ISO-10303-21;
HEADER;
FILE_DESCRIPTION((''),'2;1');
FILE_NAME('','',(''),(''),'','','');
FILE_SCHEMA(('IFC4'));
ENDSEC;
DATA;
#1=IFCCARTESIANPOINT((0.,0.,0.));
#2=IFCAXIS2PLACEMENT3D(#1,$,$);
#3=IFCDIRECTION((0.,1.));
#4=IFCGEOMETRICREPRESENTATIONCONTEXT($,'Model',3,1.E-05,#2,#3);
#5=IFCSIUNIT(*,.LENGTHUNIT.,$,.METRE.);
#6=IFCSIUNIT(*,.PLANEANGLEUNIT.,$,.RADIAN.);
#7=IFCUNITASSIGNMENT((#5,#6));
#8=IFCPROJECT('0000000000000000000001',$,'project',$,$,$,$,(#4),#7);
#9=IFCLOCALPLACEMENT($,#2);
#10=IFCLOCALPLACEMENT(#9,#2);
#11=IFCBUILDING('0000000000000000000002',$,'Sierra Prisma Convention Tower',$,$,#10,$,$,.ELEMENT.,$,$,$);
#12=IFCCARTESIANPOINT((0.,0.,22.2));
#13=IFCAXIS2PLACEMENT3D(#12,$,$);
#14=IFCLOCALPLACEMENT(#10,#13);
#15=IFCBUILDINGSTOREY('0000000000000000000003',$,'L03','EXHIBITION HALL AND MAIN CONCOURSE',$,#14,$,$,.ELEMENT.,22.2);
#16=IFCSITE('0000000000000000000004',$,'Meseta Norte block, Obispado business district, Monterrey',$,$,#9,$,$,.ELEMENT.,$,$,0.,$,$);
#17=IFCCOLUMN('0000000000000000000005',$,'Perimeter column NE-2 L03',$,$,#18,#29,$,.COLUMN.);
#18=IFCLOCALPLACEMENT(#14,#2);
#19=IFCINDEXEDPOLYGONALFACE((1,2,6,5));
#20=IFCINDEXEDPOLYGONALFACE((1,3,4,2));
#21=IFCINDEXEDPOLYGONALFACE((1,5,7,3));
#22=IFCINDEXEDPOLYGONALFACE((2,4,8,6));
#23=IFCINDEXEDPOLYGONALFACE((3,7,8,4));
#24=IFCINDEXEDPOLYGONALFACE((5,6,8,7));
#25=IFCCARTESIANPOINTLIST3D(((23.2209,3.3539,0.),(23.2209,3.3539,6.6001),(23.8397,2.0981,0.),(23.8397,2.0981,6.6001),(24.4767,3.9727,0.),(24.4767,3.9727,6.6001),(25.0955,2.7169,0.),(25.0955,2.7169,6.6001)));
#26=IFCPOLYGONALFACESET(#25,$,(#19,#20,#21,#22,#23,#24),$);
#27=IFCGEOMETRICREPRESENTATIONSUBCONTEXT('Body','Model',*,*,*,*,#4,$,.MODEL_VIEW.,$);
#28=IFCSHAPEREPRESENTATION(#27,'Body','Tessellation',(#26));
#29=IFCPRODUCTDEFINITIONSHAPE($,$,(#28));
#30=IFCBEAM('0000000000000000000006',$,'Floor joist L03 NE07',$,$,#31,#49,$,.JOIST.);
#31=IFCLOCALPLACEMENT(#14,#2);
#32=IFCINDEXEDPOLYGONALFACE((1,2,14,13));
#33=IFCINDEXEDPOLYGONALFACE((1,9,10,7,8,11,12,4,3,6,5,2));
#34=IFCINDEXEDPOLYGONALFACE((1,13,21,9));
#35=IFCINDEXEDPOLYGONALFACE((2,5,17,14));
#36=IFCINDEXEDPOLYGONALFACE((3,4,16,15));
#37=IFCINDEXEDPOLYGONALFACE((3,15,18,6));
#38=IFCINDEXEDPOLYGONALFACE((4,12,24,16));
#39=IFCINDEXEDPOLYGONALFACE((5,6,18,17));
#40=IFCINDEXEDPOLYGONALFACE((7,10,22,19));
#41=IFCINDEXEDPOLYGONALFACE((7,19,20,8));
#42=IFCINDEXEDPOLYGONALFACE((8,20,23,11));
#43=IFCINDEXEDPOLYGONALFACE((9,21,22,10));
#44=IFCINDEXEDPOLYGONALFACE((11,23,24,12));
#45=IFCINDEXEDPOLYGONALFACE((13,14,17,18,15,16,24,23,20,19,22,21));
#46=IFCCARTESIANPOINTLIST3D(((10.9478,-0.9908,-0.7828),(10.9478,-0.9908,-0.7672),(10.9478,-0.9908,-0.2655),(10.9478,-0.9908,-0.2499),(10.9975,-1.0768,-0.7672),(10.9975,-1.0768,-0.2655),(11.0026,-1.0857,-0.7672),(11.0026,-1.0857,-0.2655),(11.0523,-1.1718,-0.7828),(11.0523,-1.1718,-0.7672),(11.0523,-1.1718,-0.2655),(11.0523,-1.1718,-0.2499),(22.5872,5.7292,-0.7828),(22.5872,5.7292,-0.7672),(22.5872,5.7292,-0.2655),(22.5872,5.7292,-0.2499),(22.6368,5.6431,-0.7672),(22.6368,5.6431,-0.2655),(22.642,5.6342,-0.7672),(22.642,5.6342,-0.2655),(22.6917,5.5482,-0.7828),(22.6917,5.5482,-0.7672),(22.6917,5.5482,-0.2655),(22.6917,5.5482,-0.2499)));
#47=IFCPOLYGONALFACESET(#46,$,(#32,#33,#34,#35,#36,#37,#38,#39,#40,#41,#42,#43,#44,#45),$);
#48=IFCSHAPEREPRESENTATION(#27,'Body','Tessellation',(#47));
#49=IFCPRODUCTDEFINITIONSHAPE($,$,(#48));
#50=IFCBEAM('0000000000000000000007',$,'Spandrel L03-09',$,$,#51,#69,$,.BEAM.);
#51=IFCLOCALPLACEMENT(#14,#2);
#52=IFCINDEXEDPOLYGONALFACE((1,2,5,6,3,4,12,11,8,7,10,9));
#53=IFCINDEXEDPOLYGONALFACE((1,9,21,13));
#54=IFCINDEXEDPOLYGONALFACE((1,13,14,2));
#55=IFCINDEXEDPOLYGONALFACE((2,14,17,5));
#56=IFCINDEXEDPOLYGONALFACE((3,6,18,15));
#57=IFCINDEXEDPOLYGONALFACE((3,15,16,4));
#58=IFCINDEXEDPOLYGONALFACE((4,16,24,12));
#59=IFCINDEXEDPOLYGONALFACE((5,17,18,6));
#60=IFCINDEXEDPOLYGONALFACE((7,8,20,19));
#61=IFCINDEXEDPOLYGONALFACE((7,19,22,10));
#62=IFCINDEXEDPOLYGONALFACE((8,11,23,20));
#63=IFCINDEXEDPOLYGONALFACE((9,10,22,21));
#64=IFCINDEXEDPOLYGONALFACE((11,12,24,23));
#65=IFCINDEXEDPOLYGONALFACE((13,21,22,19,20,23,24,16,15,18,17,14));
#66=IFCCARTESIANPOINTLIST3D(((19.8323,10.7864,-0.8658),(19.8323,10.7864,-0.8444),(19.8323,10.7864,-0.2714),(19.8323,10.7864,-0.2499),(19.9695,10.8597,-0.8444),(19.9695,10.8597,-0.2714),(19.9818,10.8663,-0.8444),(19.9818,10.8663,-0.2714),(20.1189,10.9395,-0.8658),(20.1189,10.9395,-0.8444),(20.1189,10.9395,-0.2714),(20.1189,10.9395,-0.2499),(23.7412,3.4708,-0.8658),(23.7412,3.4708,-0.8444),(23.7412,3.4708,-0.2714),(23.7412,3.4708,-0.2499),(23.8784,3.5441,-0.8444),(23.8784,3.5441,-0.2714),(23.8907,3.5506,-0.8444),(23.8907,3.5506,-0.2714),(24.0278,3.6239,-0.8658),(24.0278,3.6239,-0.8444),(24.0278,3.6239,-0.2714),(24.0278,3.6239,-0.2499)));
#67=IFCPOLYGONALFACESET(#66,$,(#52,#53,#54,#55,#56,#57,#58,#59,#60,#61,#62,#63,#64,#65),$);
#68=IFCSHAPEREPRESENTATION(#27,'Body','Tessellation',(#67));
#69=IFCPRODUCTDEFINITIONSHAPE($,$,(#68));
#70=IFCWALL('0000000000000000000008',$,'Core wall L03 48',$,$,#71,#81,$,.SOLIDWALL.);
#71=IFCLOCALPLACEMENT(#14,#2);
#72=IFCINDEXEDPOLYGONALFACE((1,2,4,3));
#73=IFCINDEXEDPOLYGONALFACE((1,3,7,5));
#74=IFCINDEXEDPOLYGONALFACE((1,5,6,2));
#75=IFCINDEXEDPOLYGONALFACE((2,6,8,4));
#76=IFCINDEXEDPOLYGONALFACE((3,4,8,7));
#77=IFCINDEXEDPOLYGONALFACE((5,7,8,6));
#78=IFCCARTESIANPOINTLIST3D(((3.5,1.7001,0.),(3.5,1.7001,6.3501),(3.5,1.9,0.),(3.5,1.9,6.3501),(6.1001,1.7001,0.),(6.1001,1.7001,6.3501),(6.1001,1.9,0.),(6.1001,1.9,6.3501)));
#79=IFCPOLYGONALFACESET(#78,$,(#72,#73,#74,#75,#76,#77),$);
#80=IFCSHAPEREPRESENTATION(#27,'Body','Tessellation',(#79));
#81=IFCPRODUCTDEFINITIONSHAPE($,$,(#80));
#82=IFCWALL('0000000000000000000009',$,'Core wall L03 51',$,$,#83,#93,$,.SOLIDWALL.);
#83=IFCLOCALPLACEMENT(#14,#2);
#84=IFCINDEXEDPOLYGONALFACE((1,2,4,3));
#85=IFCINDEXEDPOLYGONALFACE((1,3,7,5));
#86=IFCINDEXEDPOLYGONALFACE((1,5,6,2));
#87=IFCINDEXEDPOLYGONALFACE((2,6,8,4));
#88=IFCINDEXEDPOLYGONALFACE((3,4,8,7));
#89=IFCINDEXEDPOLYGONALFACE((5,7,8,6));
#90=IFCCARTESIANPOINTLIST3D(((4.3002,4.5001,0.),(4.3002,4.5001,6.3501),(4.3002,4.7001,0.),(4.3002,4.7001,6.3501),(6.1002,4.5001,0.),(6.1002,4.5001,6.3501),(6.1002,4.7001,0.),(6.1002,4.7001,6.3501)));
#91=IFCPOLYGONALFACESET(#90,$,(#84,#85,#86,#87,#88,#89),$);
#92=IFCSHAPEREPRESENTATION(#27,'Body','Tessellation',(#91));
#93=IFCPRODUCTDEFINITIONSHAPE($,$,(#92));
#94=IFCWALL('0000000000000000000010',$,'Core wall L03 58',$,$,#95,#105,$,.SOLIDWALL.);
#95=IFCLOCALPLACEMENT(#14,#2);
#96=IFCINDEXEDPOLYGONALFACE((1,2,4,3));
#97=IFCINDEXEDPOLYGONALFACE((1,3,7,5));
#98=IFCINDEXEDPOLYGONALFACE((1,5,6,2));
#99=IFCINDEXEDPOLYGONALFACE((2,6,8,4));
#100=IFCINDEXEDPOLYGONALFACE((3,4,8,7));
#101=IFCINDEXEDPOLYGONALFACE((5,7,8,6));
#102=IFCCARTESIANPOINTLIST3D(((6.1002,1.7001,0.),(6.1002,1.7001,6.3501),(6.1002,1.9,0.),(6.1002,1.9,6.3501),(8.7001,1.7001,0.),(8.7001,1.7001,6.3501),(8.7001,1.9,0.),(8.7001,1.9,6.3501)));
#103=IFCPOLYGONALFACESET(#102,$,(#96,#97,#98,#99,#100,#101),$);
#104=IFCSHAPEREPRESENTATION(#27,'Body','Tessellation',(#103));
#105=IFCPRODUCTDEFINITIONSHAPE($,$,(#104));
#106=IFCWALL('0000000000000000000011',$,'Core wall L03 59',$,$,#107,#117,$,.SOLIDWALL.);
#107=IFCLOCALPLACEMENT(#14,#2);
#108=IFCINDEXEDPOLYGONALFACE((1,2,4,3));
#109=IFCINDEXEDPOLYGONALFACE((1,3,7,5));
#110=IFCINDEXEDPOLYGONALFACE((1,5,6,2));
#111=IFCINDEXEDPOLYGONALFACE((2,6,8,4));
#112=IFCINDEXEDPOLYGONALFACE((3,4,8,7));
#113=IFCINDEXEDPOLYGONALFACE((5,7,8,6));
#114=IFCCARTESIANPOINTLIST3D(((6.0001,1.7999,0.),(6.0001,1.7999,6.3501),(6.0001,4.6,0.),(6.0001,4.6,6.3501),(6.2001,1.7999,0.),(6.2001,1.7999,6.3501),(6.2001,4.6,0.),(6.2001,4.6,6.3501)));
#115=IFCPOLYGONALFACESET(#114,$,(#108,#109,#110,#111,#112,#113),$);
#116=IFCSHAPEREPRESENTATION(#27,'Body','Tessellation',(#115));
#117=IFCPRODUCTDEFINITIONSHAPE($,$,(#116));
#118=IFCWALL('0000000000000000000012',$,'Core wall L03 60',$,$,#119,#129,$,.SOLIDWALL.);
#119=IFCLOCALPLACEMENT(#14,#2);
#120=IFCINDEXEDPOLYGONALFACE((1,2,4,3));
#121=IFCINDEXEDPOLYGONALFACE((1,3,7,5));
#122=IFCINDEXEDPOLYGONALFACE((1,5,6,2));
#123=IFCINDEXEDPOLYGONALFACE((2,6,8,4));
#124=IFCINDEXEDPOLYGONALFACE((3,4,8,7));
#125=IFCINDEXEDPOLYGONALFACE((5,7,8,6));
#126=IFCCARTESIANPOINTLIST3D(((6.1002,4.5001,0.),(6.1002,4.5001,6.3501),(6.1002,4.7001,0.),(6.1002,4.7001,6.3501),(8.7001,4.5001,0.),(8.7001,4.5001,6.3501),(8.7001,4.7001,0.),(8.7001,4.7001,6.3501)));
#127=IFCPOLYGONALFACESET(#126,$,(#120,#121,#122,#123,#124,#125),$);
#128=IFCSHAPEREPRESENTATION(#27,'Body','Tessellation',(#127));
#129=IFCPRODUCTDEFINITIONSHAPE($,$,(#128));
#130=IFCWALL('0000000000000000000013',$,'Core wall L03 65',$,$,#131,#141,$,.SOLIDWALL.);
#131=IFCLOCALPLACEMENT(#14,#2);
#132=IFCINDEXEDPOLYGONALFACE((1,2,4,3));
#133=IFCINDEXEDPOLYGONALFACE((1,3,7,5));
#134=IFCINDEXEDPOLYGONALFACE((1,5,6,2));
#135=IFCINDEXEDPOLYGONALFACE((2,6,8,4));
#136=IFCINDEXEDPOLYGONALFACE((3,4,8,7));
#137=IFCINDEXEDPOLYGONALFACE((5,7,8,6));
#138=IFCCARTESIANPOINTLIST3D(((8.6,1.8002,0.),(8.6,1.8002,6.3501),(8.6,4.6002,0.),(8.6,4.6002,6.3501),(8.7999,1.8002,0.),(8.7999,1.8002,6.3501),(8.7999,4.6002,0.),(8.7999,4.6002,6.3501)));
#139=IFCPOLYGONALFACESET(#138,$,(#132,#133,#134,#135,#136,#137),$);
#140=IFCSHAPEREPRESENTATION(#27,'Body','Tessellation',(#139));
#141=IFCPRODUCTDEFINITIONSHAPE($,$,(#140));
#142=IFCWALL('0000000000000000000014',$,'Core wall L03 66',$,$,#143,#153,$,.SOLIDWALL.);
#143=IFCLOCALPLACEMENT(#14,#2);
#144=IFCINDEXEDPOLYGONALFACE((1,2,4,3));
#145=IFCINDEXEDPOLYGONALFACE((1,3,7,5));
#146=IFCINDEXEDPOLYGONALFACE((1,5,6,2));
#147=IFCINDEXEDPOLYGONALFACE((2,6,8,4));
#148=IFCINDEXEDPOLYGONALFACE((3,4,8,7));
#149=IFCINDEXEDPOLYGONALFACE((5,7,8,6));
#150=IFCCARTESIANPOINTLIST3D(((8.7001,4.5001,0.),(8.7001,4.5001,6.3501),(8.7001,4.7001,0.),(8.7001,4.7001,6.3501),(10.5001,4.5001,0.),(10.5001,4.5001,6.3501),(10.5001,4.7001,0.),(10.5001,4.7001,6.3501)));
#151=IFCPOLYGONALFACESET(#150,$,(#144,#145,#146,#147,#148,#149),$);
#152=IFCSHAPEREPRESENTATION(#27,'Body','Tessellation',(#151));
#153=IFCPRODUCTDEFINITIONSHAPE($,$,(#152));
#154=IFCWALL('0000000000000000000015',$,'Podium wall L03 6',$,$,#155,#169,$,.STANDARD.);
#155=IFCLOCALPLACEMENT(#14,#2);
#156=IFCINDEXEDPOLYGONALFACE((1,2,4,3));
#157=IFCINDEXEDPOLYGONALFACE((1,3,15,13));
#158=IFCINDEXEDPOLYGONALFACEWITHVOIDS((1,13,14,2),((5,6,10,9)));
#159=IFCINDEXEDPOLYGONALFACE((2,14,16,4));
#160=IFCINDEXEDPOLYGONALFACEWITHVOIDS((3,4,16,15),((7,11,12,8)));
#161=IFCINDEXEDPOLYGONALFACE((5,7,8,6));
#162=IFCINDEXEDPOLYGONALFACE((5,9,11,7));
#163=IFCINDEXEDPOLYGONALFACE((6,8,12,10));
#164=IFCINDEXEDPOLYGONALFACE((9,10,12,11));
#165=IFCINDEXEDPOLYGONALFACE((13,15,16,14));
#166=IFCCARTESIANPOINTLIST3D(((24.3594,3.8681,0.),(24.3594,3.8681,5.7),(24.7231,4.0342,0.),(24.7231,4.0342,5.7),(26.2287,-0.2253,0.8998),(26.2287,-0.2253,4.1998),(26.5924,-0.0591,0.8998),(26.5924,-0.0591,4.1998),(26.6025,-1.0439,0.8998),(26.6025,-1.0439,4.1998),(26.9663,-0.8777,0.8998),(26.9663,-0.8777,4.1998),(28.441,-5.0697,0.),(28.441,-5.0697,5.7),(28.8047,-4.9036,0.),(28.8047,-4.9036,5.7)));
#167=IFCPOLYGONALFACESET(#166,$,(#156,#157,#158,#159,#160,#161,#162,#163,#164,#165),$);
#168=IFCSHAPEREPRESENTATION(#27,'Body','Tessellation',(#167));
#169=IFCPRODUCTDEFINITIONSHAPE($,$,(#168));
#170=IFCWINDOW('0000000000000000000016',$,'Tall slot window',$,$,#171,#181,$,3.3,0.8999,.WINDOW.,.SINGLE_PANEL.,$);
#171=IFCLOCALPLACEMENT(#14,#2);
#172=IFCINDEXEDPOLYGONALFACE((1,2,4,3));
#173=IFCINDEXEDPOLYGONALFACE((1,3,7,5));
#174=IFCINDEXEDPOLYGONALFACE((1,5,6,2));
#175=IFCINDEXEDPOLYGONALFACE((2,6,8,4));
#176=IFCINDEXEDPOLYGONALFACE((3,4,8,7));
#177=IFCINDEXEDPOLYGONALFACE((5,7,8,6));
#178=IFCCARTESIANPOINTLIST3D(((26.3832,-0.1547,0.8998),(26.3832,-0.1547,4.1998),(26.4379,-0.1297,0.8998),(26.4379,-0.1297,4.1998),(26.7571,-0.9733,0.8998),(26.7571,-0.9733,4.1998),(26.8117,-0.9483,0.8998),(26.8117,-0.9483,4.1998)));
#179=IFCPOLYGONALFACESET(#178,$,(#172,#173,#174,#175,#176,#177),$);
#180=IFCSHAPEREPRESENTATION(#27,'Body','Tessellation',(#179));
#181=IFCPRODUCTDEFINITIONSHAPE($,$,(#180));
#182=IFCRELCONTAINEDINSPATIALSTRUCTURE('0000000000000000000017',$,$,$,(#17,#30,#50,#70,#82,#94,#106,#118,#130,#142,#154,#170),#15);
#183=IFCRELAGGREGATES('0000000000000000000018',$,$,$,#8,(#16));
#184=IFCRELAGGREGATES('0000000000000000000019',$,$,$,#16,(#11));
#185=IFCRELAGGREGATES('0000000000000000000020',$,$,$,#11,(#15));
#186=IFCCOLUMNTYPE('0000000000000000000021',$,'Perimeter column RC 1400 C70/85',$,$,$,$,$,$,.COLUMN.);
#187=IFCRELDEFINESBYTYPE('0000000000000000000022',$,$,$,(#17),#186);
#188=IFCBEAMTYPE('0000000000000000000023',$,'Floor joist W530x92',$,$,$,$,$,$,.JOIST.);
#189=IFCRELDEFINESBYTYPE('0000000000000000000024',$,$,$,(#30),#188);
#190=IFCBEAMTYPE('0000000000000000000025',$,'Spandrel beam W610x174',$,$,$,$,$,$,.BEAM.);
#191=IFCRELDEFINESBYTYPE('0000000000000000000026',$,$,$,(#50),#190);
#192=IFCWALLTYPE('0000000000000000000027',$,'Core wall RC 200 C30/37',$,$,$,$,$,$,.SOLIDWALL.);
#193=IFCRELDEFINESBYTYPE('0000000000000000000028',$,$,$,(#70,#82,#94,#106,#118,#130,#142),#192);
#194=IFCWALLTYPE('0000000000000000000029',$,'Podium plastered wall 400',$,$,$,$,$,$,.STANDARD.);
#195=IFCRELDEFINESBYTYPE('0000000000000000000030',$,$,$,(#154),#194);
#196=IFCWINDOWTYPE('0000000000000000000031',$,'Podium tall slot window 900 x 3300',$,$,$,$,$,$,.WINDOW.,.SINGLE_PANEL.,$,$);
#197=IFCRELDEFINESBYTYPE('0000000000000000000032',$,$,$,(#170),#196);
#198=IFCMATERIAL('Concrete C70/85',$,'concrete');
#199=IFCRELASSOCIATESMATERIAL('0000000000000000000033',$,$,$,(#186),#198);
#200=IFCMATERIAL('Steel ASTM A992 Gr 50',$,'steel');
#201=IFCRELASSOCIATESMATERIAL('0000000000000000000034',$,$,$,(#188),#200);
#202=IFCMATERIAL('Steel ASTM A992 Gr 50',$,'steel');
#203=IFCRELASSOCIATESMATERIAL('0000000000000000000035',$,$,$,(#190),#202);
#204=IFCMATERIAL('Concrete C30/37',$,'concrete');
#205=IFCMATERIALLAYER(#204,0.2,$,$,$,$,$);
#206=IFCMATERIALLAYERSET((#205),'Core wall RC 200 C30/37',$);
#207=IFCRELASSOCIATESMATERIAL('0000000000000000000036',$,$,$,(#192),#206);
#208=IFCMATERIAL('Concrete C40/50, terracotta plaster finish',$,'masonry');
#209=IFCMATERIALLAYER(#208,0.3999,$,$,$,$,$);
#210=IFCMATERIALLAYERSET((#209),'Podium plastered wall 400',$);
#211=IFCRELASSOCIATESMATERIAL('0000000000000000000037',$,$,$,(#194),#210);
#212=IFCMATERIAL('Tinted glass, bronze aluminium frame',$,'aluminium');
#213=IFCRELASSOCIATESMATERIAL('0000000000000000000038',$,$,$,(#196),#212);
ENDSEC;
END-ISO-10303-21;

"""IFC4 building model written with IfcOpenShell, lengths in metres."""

from ifc_helpers import new_model, si_unit, direction, frame, frame_2d, origin, origin_2d, place, context, subcontext, project, spatial, rectangle, i_section, extrude, material, layer, layer_set, material_profile, profile_set, type_object, element, fill, save


model = new_model("IFC4")

# Units and contexts
model_context = context("Model", 3, precision=1e-05, world=origin(), true_north=direction((0.0, 1.0)))
body_context = subcontext(model_context, "Body", "Model", "MODEL_VIEW")
ifc_project = project(units=[si_unit("LENGTHUNIT", "METRE"), si_unit("PLANEANGLEUNIT", "RADIAN")], contexts=[model_context])

# Site, building, storey
site_placement = place(None, origin())
site = spatial("IfcSite", under=ifc_project, at=site_placement, Name="Meseta Norte block, Obispado business district, Monterrey", CompositionType="ELEMENT", RefElevation=0.0)
building_placement = place(site_placement, origin())
building = spatial("IfcBuilding", under=site, at=building_placement, Name="Sierra Prisma Convention Tower", CompositionType="ELEMENT")
storey_placement = place(building_placement, frame((0.0, 0.0, 22.2)))
storey = spatial("IfcBuildingStorey", under=building, at=storey_placement, Name="L03", Description="EXHIBITION HALL AND MAIN CONCOURSE", CompositionType="ELEMENT", Elevation=22.2)

# Column
ifc_material_1 = material(Name="Concrete C70/85", Category="concrete")
ifc_material_profile_1 = material_profile(ifc_material_1, rectangle(XDim=1.3999, YDim=1.3999, at=origin_2d()), Name="Perimeter column RC 1400 C70/85")
ifc_profile_set_1 = profile_set([ifc_material_profile_1], Name="Concrete C70/85")
column_type = type_object("IfcColumnType", Name="Perimeter column RC 1400 C70/85", PredefinedType="COLUMN", material=ifc_profile_set_1)
column_placement = place(storey_placement, frame((24.1582, 3.0354, 0.0), z_axis=(0.0, 0.0, 1.0), x_axis=(-0.442023, 0.897004, 0.0)))
element("IfcColumn", 1, at=column_placement, inside=storey, type_object=column_type, Name="Perimeter column NE-2 L03", PredefinedType="COLUMN", context=body_context, shape_type="SweptSolid", body=[
    extrude(rectangle(XDim=1.3999, YDim=1.3999, at=origin_2d()), origin(), (0.0, 0.0, 1.0), 6.6001),
])

# Beams
ifc_material_2 = material(Name="Steel ASTM A992 Gr 50", Category="steel")
ifc_material_profile_2 = material_profile(ifc_material_2, i_section(OverallWidth=0.209, OverallDepth=0.533, WebThickness=0.0103, FlangeThickness=0.0156, at=origin_2d()), Name="W530x92")
ifc_profile_set_2 = profile_set([ifc_material_profile_2], Name="Steel ASTM A992 Gr 50")
beam_type_1 = type_object("IfcBeamType", Name="Floor joist W530x92", PredefinedType="JOIST", material=ifc_profile_set_2)
beam_1_placement = place(storey_placement, frame((22.6394, 5.6387, -0.5164), z_axis=(-0.866027, -0.499998, 0.0), x_axis=(0.499998, -0.866027, 0.0)))
element("IfcBeam", 2, at=beam_1_placement, inside=storey, type_object=beam_type_1, Name="Floor joist L03 NE07", PredefinedType="JOIST", context=body_context, shape_type="SweptSolid", body=[
    extrude(i_section(OverallWidth=0.209, OverallDepth=0.533, WebThickness=0.0103, FlangeThickness=0.0156, at=origin_2d()), origin(), (0.0, 0.0, 1.0), 13.4399),
])
ifc_material_3 = material(Name="Steel ASTM A992 Gr 50", Category="steel")
ifc_material_profile_3 = material_profile(ifc_material_3, i_section(OverallWidth=0.325, OverallDepth=0.616, WebThickness=0.0139, FlangeThickness=0.0215, at=origin_2d()), Name="W610x174")
ifc_profile_set_3 = profile_set([ifc_material_profile_3], Name="Steel ASTM A992 Gr 50")
beam_type_2 = type_object("IfcBeamType", Name="Spandrel beam W610x174", PredefinedType="BEAM", material=ifc_profile_set_3)
beam_2_placement = place(storey_placement, frame((23.8845, 3.5474, -0.5579), z_axis=(-0.471268, 0.88199, 0.0), x_axis=(-0.88199, -0.471268, 0.0)))
element("IfcBeam", 3, at=beam_2_placement, inside=storey, type_object=beam_type_2, Name="Spandrel L03-09", PredefinedType="BEAM", context=body_context, shape_type="SweptSolid", body=[
    extrude(i_section(OverallWidth=0.325, OverallDepth=0.616, WebThickness=0.0139, FlangeThickness=0.0215, at=origin_2d()), origin(), (0.0, 0.0, 1.0), 8.2944),
])

# Walls
ifc_material_4 = material(Name="Concrete C30/37", Category="concrete")
ifc_layer_1 = layer(ifc_material_4, 0.2)
ifc_layer_set_1 = layer_set([ifc_layer_1], Name="Core wall RC 200 C30/37")
wall_type_1 = type_object("IfcWallType", Name="Core wall RC 200 C30/37", PredefinedType="SOLIDWALL", material=ifc_layer_set_1)
wall_1_placement = place(storey_placement, frame((6.1001, 1.8, 0.0), z_axis=(0.0, 0.0, 1.0), x_axis=(-1.0, 0.0, 0.0)))
element("IfcWall", 4, at=wall_1_placement, inside=storey, type_object=wall_type_1, Name="Core wall L03 48", PredefinedType="SOLIDWALL", context=body_context, shape_type="SweptSolid", body=[
    extrude(rectangle(XDim=2.6001, YDim=0.2, at=frame_2d((1.3, 0.0))), origin(), (0.0, 0.0, 1.0), 6.3501),
])
wall_2_placement = place(storey_placement, frame((6.1001, 4.6001, 0.0), z_axis=(0.0, 0.0, 1.0), x_axis=(-1.0, 0.0, 0.0)))
element("IfcWall", 5, at=wall_2_placement, inside=storey, type_object=wall_type_1, Name="Core wall L03 51", PredefinedType="SOLIDWALL", context=body_context, shape_type="SweptSolid", body=[
    extrude(rectangle(XDim=1.8, YDim=0.2, at=frame_2d((0.8999, 0.0))), origin(), (0.0, 0.0, 1.0), 6.3501),
])
wall_3_placement = place(storey_placement, frame((8.7, 1.8, 0.0), z_axis=(0.0, 0.0, 1.0), x_axis=(-1.0, 0.0, 0.0)))
element("IfcWall", 6, at=wall_3_placement, inside=storey, type_object=wall_type_1, Name="Core wall L03 58", PredefinedType="SOLIDWALL", context=body_context, shape_type="SweptSolid", body=[
    extrude(rectangle(XDim=2.5999, YDim=0.2, at=frame_2d((1.2998, 0.0))), origin(), (0.0, 0.0, 1.0), 6.3501),
])
wall_4_placement = place(storey_placement, frame((6.1001, 1.8, 0.0), z_axis=(0.0, 0.0, 1.0), x_axis=(0.0, 1.0, 0.0)))
element("IfcWall", 7, at=wall_4_placement, inside=storey, type_object=wall_type_1, Name="Core wall L03 59", PredefinedType="SOLIDWALL", context=body_context, shape_type="SweptSolid", body=[
    extrude(rectangle(XDim=2.8, YDim=0.2, at=frame_2d((1.3999, 0.0))), origin(), (0.0, 0.0, 1.0), 6.3501),
])
wall_5_placement = place(storey_placement, frame((8.7, 4.6001, 0.0), z_axis=(0.0, 0.0, 1.0), x_axis=(-1.0, 0.0, 0.0)))
element("IfcWall", 8, at=wall_5_placement, inside=storey, type_object=wall_type_1, Name="Core wall L03 60", PredefinedType="SOLIDWALL", context=body_context, shape_type="SweptSolid", body=[
    extrude(rectangle(XDim=2.5999, YDim=0.2, at=frame_2d((1.2998, 0.0))), origin(), (0.0, 0.0, 1.0), 6.3501),
])

# Walls
wall_6_placement = place(storey_placement, frame((8.7, 4.6001, 0.0), z_axis=(0.0, 0.0, 1.0), x_axis=(0.0, -1.0, 0.0)))
element("IfcWall", 9, at=wall_6_placement, inside=storey, type_object=wall_type_1, Name="Core wall L03 65", PredefinedType="SOLIDWALL", context=body_context, shape_type="SweptSolid", body=[
    extrude(rectangle(XDim=2.8, YDim=0.2, at=frame_2d((1.3999, 0.0))), origin(), (0.0, 0.0, 1.0), 6.3501),
])
wall_7_placement = place(storey_placement, frame((10.5, 4.6001, 0.0), z_axis=(0.0, 0.0, 1.0), x_axis=(-1.0, 0.0, 0.0)))
element("IfcWall", 10, at=wall_7_placement, inside=storey, type_object=wall_type_1, Name="Core wall L03 66", PredefinedType="SOLIDWALL", context=body_context, shape_type="SweptSolid", body=[
    extrude(rectangle(XDim=1.8, YDim=0.2, at=frame_2d((0.8999, 0.0))), origin(), (0.0, 0.0, 1.0), 6.3501),
])

# Wall, opening, window
ifc_material_5 = material(Name="Concrete C40/50, terracotta plaster finish", Category="masonry")
ifc_layer_2 = layer(ifc_material_5, 0.3999)
ifc_layer_set_2 = layer_set([ifc_layer_2], Name="Podium plastered wall 400")
wall_type_2 = type_object("IfcWallType", Name="Podium plastered wall 400", PredefinedType="STANDARD", material=ifc_layer_set_2)
wall_8_placement = place(storey_placement, frame((24.5413, 3.9512, 0.0), z_axis=(0.0, 0.0, 1.0), x_axis=(0.415399, -0.909639, 0.0)))
wall_8 = element("IfcWall", 11, at=wall_8_placement, inside=storey, type_object=wall_type_2, Name="Podium wall L03 6", PredefinedType="STANDARD", context=body_context, shape_type="SweptSolid", body=[
    extrude(rectangle(XDim=9.8257, YDim=0.3999, at=frame_2d((4.9128, 0.0))), origin(), (0.0, 0.0, 1.0), 5.7),
])
opening_1_placement = place(wall_8_placement, frame((4.5, 0.0, 0.8999)))
opening_1 = element("IfcOpeningElement", 12, at=opening_1_placement, cuts=wall_8, PredefinedType="OPENING", context=body_context, shape_type="SweptSolid", body=[
    extrude(rectangle(XDim=0.8999, YDim=3.3, at=frame_2d((0.45, 1.6499))), frame((0.0, 0.2, 0.0), z_axis=(0.0, -1.0, 0.0), x_axis=(1.0, 0.0, 0.0)), (0.0, 0.0, 1.0), 0.3999),
])
ifc_material_6 = material(Name="Tinted glass, bronze aluminium frame", Category="aluminium")
window_type = type_object("IfcWindowType", Name="Podium tall slot window 900 x 3300", PartitioningType="SINGLE_PANEL", PredefinedType="WINDOW", material=ifc_material_6)
window_placement = place(opening_1_placement, origin())
window = element("IfcWindow", 13, at=window_placement, inside=storey, type_object=window_type, Name="Tall slot window", OverallHeight=3.3, OverallWidth=0.8999, PartitioningType="SINGLE_PANEL", PredefinedType="WINDOW", context=body_context, shape_type="SweptSolid", body=[
    extrude(rectangle(XDim=0.8999, YDim=3.3, at=frame_2d((0.45, 1.6499))), frame((0.0, 0.03, 0.0), z_axis=(0.0, -1.0, 0.0), x_axis=(1.0, 0.0, 0.0)), (0.0, 0.0, 1.0), 0.0601),
])
fill(opening_1, window)

save(model, "model.ifc")
